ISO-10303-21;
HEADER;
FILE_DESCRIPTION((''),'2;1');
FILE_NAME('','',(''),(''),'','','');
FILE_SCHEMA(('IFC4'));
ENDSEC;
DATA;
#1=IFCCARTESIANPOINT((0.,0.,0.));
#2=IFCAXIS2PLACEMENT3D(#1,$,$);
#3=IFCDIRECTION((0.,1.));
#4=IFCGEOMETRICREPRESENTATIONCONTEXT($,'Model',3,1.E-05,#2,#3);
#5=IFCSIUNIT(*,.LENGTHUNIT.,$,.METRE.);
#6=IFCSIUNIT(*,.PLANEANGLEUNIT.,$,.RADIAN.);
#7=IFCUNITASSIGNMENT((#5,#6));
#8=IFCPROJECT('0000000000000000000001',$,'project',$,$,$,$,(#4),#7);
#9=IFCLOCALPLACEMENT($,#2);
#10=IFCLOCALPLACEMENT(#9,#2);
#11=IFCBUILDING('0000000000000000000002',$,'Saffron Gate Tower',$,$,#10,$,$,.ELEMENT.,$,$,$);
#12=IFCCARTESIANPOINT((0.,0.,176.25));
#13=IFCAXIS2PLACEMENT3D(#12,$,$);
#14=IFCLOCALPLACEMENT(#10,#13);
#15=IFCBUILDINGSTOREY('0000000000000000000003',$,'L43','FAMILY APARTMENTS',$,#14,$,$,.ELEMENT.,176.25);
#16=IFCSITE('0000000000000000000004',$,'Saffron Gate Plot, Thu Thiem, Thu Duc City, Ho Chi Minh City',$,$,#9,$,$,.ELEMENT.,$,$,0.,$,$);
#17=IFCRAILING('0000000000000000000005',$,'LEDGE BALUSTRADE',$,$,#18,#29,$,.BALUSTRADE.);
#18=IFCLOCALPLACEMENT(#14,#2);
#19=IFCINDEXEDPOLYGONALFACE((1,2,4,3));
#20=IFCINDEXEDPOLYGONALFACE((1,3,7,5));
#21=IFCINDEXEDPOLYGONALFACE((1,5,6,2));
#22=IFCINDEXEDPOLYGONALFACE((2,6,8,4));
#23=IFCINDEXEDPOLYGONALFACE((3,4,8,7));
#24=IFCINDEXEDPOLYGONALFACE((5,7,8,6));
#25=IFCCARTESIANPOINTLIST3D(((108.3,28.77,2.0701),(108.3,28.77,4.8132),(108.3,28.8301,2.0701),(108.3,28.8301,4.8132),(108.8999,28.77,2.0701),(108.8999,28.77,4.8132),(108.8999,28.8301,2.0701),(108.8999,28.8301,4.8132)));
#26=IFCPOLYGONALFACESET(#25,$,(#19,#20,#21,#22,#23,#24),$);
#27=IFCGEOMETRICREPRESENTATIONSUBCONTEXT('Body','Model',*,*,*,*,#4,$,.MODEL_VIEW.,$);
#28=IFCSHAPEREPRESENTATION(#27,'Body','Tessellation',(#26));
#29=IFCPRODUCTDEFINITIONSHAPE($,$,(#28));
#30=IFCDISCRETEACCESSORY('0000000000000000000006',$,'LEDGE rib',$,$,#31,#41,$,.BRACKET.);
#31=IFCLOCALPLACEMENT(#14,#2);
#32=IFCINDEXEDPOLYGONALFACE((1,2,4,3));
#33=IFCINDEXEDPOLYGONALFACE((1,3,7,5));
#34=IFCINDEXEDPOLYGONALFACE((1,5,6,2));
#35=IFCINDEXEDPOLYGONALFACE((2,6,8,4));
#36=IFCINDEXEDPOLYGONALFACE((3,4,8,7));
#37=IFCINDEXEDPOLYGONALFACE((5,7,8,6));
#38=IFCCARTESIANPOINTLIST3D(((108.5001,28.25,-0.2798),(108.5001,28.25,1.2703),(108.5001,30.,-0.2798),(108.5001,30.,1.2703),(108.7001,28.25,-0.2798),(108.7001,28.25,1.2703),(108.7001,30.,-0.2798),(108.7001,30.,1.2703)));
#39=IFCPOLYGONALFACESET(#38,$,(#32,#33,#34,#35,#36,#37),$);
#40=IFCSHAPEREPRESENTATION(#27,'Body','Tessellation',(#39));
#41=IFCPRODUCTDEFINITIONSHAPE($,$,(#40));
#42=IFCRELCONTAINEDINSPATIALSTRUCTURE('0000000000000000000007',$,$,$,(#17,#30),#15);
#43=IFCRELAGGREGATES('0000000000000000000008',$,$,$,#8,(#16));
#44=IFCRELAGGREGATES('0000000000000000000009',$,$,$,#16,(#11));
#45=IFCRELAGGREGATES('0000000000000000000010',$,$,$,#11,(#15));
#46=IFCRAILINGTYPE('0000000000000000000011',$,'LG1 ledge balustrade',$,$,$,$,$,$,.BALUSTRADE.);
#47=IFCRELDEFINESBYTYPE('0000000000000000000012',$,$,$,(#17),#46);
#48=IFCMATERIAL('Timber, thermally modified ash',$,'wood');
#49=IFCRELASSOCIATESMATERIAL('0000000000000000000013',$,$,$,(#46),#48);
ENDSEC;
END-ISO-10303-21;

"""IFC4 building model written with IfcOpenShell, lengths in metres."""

from ifc_helpers import new_model, si_unit, direction, frame, origin, origin_2d, place, context, subcontext, project, spatial, rectangle, extrude, material, type_object, element, save


model = new_model("IFC4")

# Units and contexts
model_context = context("Model", 3, precision=1e-05, world=origin(), true_north=direction((0.0, 1.0)))
body_context = subcontext(model_context, "Body", "Model", "MODEL_VIEW")
ifc_project = project(units=[si_unit("LENGTHUNIT", "METRE"), si_unit("PLANEANGLEUNIT", "RADIAN")], contexts=[model_context])

# Site, building, storey
site_placement = place(None, origin())
site = spatial("IfcSite", under=ifc_project, at=site_placement, Name="Saffron Gate Plot, Thu Thiem, Thu Duc City, Ho Chi Minh City", CompositionType="ELEMENT", RefElevation=0.0)
building_placement = place(site_placement, origin())
building = spatial("IfcBuilding", under=site, at=building_placement, Name="Saffron Gate Tower", CompositionType="ELEMENT")
storey_placement = place(building_placement, frame((0.0, 0.0, 176.25)))
storey = spatial("IfcBuildingStorey", under=building, at=storey_placement, Name="L43", Description="FAMILY APARTMENTS", CompositionType="ELEMENT", Elevation=176.25)

# Shared definitions
ifc_material_1 = material(Name="Timber, thermally modified ash", Category="wood")

# Railing
railing_type_1 = type_object("IfcRailingType", Name="LG1 ledge balustrade", PredefinedType="BALUSTRADE", material=ifc_material_1)
railing_1_placement = place(storey_placement, frame((108.3, 28.8, 2.0701)))
element("IfcRailing", 1, at=railing_1_placement, inside=storey, type_object=railing_type_1, Name="LEDGE BALUSTRADE", PredefinedType="BALUSTRADE", context=body_context, shape_type="SweptSolid", body=[
    extrude(rectangle(XDim=0.0601, YDim=2.7432, at=origin_2d()), frame((0.0, 0.0, 1.3716), z_axis=(1.0, 0.0, 0.0), x_axis=(0.0, 1.0, 0.0)), (0.0, 0.0, 1.0), 0.5999),
])

# Discrete accessory
discrete_accessory_placement = place(storey_placement, frame((108.6001, 29.125, -0.2798), z_axis=(0.0, 0.0, 1.0), x_axis=(1.0, 0.0, 0.0)))
element("IfcDiscreteAccessory", 2, at=discrete_accessory_placement, inside=storey, Name="LEDGE rib", PredefinedType="BRACKET", context=body_context, shape_type="SweptSolid", body=[
    extrude(rectangle(XDim=0.2, YDim=1.75, at=origin_2d()), origin(), (0.0, 0.0, 1.0), 1.55),
])

save(model, "model.ifc")
